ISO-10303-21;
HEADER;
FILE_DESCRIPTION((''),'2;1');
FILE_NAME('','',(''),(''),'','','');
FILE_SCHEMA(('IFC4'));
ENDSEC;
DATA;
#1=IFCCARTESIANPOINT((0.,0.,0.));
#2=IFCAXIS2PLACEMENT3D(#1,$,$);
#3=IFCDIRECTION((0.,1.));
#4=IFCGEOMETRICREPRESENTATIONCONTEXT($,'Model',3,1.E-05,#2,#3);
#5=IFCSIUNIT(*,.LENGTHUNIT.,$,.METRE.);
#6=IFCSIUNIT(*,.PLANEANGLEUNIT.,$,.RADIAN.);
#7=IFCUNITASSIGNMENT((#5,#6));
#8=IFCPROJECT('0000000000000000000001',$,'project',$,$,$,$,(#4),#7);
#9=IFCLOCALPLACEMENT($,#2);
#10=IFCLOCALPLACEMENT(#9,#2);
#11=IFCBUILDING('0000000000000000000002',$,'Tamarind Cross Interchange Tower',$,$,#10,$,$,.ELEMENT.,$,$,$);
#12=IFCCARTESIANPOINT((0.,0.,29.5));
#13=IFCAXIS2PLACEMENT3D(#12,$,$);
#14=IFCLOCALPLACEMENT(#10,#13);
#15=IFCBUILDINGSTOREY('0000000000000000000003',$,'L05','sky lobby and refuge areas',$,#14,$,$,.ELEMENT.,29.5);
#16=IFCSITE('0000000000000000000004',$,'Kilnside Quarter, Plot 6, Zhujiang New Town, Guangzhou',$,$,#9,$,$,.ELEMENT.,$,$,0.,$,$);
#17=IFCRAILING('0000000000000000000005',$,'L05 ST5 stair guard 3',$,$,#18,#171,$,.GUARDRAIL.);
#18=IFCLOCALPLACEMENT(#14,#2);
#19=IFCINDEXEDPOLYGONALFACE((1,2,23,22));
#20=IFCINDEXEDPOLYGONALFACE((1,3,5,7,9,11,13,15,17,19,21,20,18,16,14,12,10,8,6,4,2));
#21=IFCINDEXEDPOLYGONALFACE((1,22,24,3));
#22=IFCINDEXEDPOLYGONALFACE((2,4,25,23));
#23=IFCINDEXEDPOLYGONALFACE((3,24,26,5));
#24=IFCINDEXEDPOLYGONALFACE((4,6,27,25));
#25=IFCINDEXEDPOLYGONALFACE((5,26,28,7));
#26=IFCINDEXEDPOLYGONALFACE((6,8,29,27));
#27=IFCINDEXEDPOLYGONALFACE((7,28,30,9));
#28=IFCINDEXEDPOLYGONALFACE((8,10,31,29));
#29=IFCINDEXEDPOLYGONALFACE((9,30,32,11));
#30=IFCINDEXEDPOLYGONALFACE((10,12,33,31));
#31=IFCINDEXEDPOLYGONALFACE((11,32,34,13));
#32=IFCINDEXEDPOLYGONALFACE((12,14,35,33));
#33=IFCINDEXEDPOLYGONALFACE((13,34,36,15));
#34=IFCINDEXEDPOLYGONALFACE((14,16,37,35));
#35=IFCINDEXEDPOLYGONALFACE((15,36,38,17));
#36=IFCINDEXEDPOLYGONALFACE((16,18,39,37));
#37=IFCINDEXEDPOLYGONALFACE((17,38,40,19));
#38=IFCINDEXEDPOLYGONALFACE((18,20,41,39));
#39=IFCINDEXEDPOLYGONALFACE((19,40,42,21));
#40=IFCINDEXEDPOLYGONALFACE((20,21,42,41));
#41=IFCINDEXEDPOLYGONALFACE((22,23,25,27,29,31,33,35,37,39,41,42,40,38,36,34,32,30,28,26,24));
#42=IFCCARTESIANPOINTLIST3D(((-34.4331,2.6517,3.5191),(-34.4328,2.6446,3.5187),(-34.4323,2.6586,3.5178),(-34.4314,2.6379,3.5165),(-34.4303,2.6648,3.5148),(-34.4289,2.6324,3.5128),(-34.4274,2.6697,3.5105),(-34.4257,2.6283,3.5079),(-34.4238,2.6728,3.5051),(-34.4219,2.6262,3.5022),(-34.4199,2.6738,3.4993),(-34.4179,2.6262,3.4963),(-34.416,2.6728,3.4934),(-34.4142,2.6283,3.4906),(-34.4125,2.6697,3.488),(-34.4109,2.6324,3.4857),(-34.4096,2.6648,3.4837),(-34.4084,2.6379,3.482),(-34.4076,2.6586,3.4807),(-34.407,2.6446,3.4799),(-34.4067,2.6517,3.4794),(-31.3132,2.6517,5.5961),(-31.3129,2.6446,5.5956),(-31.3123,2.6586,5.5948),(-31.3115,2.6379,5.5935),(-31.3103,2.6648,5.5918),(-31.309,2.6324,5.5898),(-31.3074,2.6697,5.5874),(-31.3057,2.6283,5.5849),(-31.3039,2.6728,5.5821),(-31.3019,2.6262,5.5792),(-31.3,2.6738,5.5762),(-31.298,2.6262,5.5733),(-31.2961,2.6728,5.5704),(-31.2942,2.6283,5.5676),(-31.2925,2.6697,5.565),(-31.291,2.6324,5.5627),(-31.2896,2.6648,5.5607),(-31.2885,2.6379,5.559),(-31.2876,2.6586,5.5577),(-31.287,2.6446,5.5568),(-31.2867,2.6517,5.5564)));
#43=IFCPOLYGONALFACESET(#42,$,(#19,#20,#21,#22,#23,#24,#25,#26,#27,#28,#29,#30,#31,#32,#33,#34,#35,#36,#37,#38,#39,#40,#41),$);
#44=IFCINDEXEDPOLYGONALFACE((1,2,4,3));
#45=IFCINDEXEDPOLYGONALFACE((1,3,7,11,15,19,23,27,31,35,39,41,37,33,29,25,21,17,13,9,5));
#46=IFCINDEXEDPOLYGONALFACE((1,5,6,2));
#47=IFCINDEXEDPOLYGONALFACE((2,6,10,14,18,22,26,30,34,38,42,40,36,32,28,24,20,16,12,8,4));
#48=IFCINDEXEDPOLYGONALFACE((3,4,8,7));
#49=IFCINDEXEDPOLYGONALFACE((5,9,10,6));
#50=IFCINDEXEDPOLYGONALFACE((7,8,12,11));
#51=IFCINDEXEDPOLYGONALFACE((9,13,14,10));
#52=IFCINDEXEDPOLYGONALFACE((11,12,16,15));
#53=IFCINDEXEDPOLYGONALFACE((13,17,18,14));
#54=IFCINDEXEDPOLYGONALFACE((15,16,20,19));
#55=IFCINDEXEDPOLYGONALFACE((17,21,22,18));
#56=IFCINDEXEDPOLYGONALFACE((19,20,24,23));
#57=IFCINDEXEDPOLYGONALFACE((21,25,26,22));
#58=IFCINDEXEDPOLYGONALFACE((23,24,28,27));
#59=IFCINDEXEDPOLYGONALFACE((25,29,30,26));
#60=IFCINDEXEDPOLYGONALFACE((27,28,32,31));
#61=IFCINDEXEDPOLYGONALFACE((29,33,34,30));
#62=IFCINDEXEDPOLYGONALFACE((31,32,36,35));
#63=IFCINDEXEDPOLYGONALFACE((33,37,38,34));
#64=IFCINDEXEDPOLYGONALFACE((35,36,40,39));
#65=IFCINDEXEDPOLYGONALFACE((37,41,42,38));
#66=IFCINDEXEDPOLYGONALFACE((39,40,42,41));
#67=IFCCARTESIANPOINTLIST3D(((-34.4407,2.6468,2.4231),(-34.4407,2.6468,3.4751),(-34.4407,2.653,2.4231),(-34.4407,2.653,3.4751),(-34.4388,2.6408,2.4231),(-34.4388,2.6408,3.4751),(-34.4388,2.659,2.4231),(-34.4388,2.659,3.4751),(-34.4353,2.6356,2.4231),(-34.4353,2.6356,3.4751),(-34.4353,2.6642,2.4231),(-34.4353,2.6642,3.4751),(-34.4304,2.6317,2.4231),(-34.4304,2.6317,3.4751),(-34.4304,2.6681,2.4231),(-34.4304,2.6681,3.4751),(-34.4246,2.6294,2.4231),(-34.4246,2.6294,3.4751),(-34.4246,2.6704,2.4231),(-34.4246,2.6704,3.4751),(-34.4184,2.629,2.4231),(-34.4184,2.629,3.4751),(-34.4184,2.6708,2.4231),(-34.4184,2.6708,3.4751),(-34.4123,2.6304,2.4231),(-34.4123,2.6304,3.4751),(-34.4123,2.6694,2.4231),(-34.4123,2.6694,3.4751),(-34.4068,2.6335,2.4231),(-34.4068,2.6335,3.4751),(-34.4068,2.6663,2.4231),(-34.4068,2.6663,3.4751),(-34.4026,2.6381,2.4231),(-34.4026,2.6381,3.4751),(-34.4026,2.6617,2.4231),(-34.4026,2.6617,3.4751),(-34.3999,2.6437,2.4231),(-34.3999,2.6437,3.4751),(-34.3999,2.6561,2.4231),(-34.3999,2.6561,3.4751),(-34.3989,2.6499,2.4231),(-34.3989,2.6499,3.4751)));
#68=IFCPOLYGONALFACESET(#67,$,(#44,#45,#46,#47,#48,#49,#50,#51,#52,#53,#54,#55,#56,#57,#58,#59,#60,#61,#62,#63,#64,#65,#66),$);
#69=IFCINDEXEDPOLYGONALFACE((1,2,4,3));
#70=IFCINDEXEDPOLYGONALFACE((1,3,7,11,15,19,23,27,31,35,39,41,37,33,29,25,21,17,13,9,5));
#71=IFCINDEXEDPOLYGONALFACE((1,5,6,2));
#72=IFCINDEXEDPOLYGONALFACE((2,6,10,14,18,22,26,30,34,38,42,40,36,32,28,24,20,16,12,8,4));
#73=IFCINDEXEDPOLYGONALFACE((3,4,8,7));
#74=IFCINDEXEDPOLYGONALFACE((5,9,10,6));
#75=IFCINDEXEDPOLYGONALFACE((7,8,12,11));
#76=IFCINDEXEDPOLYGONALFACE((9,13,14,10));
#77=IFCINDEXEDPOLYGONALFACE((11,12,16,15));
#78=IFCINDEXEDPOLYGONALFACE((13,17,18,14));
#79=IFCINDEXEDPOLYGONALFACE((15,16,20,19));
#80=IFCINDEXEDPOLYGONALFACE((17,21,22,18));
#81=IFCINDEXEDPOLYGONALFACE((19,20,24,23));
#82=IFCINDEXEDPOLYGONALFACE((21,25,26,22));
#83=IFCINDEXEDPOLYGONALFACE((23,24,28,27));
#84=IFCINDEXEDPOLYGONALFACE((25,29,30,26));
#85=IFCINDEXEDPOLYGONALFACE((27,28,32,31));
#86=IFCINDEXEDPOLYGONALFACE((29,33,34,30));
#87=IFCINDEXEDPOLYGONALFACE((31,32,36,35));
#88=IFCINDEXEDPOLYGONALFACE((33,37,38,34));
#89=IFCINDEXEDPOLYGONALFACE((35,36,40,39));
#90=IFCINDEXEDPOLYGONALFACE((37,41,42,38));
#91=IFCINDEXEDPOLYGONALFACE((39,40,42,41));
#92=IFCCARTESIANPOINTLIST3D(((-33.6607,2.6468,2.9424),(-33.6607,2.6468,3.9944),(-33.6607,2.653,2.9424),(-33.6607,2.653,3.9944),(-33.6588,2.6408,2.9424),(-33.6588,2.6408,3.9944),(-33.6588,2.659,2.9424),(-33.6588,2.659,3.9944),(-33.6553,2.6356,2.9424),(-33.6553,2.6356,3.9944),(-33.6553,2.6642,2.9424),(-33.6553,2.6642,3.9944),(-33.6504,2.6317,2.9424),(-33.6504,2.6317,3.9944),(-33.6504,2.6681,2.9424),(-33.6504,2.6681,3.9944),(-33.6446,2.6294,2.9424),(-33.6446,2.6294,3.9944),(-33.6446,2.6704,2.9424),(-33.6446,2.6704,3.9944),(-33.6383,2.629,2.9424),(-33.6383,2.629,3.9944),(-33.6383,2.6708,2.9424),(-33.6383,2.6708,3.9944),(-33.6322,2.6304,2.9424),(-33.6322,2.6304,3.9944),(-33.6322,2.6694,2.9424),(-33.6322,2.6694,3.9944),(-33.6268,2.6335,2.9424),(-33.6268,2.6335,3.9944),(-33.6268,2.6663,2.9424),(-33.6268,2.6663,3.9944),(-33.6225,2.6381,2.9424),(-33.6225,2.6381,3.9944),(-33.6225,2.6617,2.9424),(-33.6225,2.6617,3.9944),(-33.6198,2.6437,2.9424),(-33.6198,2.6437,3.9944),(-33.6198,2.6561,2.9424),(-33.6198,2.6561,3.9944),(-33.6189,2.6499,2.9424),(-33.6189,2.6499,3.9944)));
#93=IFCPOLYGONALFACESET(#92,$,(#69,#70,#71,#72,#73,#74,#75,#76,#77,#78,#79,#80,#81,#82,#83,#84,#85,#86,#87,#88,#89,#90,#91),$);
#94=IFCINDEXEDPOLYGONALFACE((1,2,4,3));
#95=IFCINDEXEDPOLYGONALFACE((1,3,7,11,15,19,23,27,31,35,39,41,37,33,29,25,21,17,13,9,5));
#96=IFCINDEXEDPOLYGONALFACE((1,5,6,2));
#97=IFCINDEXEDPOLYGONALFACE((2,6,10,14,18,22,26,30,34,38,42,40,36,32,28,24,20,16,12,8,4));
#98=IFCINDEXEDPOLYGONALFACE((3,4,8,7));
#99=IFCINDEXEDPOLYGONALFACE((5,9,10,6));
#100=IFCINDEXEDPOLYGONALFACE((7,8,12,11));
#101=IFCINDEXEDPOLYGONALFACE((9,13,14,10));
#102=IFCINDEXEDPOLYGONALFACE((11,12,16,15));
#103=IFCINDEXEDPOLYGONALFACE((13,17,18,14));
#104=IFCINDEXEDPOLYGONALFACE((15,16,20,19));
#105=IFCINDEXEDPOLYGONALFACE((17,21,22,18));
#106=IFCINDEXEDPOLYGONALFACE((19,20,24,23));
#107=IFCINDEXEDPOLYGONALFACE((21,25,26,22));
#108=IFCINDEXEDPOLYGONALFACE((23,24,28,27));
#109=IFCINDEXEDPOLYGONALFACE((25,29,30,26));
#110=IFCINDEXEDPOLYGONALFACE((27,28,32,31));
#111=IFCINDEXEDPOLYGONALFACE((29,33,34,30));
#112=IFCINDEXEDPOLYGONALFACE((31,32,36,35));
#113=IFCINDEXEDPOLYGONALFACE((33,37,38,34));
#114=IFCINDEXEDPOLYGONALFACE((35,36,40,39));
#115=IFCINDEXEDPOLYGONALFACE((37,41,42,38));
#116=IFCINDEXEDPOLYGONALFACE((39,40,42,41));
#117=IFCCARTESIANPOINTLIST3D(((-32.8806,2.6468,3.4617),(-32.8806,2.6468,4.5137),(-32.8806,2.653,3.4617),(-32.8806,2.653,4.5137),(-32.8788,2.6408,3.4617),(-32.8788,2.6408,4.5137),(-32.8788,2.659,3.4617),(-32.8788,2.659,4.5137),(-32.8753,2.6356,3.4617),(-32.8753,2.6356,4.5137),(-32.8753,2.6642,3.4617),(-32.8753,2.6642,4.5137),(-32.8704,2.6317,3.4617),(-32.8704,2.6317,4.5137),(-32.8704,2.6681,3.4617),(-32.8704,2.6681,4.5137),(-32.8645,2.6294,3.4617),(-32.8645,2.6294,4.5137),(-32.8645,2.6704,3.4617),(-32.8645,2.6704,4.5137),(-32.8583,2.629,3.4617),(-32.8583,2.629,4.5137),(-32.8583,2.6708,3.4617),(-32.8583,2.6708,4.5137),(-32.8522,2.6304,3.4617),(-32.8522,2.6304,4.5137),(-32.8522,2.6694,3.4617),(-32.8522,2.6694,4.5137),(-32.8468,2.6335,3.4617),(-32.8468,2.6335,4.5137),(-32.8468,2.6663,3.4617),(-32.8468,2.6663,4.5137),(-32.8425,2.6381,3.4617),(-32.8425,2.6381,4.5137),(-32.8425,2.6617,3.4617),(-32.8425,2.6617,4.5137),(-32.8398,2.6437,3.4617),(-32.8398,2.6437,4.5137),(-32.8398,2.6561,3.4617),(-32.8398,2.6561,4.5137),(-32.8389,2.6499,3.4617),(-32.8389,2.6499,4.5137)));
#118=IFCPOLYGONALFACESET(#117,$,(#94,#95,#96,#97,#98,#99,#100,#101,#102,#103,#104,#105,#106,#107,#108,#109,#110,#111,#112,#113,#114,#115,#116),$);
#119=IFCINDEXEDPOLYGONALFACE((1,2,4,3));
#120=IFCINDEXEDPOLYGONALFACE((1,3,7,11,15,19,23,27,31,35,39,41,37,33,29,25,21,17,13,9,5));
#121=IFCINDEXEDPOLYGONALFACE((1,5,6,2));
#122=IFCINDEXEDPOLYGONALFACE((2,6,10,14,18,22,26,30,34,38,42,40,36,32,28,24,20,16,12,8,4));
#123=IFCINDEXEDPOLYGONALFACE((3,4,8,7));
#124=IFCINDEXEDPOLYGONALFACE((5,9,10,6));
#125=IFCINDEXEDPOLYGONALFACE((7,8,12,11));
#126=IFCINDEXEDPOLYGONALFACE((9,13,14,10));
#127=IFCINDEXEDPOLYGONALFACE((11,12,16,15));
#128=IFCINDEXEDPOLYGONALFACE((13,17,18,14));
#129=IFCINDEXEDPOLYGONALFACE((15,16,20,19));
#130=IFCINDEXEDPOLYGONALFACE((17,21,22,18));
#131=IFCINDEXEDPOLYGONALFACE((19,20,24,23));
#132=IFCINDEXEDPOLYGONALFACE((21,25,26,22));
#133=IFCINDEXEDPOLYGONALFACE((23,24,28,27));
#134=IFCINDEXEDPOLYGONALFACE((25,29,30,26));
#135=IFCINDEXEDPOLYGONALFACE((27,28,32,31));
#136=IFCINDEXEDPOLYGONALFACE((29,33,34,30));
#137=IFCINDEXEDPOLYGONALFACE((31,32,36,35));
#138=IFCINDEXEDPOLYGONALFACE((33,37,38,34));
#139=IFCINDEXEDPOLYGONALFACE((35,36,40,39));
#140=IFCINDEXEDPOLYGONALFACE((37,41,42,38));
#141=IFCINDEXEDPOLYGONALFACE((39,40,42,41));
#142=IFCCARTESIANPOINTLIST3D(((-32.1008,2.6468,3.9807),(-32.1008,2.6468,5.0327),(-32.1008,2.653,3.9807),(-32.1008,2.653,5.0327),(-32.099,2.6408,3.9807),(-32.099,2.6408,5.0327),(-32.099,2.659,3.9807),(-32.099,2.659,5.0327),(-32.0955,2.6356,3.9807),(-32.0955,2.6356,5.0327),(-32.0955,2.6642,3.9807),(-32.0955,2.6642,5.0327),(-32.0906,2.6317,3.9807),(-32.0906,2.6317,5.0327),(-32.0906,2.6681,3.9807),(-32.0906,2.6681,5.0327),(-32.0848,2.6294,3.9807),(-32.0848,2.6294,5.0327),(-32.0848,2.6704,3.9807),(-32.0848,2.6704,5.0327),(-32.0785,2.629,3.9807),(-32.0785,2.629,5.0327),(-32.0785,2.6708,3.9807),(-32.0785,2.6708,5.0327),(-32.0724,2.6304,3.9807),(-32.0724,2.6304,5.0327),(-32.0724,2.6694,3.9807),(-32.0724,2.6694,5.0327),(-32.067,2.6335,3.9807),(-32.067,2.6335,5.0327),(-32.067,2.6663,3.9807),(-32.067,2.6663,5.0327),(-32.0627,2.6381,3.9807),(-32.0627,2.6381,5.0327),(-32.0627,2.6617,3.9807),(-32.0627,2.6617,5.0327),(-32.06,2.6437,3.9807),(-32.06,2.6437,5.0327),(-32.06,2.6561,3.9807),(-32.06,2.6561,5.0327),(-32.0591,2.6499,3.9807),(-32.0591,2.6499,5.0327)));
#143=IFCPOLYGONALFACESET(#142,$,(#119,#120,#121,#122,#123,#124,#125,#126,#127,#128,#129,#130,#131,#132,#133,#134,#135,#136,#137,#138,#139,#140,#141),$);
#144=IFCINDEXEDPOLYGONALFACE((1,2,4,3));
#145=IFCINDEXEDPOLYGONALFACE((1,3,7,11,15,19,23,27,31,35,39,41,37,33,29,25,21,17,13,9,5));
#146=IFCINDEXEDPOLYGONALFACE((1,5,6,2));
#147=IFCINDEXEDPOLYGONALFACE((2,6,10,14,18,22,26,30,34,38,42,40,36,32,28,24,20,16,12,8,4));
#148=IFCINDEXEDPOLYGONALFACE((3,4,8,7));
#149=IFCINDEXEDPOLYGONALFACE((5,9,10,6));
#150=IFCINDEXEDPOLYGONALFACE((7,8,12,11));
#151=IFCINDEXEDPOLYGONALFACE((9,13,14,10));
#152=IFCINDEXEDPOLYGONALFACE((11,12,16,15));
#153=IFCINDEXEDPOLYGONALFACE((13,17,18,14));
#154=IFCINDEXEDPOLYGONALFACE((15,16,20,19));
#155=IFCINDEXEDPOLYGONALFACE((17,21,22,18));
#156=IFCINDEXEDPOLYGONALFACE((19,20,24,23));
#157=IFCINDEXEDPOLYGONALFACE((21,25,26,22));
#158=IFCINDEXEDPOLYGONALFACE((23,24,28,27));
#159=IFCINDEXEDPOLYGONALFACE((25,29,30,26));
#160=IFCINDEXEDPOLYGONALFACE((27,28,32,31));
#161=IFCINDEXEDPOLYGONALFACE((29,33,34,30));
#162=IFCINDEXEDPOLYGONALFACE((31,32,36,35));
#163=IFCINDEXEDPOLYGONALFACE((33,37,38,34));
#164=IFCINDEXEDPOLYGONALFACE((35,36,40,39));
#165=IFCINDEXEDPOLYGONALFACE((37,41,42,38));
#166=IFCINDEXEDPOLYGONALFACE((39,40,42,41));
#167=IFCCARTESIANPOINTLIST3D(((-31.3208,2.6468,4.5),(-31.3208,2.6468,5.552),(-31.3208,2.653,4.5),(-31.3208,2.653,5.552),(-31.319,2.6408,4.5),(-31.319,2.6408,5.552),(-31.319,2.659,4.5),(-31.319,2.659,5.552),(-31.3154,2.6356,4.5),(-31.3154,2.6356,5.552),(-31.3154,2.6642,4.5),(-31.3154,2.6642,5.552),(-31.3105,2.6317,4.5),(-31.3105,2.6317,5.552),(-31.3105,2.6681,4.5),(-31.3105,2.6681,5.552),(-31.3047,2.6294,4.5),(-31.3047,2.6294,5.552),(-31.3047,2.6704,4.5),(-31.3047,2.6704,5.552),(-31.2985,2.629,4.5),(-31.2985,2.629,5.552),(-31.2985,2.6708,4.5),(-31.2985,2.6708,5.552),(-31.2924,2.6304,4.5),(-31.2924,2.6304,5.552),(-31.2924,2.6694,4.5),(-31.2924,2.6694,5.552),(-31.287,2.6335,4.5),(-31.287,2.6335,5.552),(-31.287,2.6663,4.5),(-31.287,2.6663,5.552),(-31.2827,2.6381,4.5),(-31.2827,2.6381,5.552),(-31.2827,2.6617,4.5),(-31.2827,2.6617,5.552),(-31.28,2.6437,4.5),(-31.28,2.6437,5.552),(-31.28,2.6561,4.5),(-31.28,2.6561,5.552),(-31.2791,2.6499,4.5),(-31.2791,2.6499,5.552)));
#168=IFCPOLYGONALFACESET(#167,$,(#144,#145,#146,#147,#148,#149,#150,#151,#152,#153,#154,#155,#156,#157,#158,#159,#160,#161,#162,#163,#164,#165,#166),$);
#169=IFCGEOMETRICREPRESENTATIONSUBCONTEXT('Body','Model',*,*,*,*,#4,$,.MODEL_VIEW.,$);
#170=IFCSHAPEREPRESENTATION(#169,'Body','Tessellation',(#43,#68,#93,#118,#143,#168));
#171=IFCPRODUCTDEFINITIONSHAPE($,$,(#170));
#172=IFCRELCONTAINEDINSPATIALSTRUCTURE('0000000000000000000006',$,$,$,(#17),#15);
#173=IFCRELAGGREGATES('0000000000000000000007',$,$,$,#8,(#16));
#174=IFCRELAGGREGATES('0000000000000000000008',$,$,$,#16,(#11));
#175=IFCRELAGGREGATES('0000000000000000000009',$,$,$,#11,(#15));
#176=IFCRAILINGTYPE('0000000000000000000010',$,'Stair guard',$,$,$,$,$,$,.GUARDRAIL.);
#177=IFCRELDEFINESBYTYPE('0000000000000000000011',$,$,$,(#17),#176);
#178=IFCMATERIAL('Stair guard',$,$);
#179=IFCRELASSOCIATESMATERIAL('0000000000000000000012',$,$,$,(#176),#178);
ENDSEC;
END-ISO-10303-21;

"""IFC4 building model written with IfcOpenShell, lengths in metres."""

from ifc_helpers import new_model, si_unit, direction, frame, origin, origin_2d, place, context, subcontext, project, spatial, circle, extrude, material, type_object, element, save


model = new_model("IFC4")

# Units and contexts
model_context = context("Model", 3, precision=1e-05, world=origin(), true_north=direction((0.0, 1.0)))
body_context = subcontext(model_context, "Body", "Model", "MODEL_VIEW")
ifc_project = project(units=[si_unit("LENGTHUNIT", "METRE"), si_unit("PLANEANGLEUNIT", "RADIAN")], contexts=[model_context])

# Site, building, storey
site_placement = place(None, origin())
site = spatial("IfcSite", under=ifc_project, at=site_placement, Name="Kilnside Quarter, Plot 6, Zhujiang New Town, Guangzhou", CompositionType="ELEMENT", RefElevation=0.0)
building_placement = place(site_placement, origin())
building = spatial("IfcBuilding", under=site, at=building_placement, Name="Tamarind Cross Interchange Tower", CompositionType="ELEMENT")
storey_placement = place(building_placement, frame((0.0, 0.0, 29.5)))
storey = spatial("IfcBuildingStorey", under=building, at=storey_placement, Name="L05", Description="sky lobby and refuge areas", CompositionType="ELEMENT", Elevation=29.5)

# Railing
ifc_material_1 = material(Name="Stair guard")
railing_type_1 = type_object("IfcRailingType", Name="Stair guard", PredefinedType="GUARDRAIL", material=ifc_material_1)
railing_1_placement = place(storey_placement, frame((-34.4199, 2.6499, 2.4231)))
element("IfcRailing", 1, at=railing_1_placement, inside=storey, type_object=railing_type_1, Name="L05 ST5 stair guard 3", PredefinedType="GUARDRAIL", context=body_context, shape_type="SweptSolid", body=[
    extrude(circle(Radius=0.0239, at=origin_2d()), frame((0.0, 0.0, 1.0762), z_axis=(0.832421, 0.0, 0.554144), x_axis=(0.0, 1.0, 0.0)), (0.0, 0.0, 1.0), 3.748),
    extrude(circle(Radius=0.021, at=origin_2d()), origin(), (0.0, 0.0, 1.0), 1.052),
    extrude(circle(Radius=0.021, at=origin_2d()), frame((0.78, 0.0, 0.5193)), (0.0, 0.0, 1.0), 1.052),
    extrude(circle(Radius=0.021, at=origin_2d()), frame((1.5601, 0.0, 1.0386)), (0.0, 0.0, 1.0), 1.052),
    extrude(circle(Radius=0.021, at=origin_2d()), frame((2.3398, 0.0, 1.5576)), (0.0, 0.0, 1.0), 1.052),
    extrude(circle(Radius=0.021, at=origin_2d()), frame((3.1199, 0.0, 2.0769)), (0.0, 0.0, 1.0), 1.052),
])

save(model, "model.ifc")
